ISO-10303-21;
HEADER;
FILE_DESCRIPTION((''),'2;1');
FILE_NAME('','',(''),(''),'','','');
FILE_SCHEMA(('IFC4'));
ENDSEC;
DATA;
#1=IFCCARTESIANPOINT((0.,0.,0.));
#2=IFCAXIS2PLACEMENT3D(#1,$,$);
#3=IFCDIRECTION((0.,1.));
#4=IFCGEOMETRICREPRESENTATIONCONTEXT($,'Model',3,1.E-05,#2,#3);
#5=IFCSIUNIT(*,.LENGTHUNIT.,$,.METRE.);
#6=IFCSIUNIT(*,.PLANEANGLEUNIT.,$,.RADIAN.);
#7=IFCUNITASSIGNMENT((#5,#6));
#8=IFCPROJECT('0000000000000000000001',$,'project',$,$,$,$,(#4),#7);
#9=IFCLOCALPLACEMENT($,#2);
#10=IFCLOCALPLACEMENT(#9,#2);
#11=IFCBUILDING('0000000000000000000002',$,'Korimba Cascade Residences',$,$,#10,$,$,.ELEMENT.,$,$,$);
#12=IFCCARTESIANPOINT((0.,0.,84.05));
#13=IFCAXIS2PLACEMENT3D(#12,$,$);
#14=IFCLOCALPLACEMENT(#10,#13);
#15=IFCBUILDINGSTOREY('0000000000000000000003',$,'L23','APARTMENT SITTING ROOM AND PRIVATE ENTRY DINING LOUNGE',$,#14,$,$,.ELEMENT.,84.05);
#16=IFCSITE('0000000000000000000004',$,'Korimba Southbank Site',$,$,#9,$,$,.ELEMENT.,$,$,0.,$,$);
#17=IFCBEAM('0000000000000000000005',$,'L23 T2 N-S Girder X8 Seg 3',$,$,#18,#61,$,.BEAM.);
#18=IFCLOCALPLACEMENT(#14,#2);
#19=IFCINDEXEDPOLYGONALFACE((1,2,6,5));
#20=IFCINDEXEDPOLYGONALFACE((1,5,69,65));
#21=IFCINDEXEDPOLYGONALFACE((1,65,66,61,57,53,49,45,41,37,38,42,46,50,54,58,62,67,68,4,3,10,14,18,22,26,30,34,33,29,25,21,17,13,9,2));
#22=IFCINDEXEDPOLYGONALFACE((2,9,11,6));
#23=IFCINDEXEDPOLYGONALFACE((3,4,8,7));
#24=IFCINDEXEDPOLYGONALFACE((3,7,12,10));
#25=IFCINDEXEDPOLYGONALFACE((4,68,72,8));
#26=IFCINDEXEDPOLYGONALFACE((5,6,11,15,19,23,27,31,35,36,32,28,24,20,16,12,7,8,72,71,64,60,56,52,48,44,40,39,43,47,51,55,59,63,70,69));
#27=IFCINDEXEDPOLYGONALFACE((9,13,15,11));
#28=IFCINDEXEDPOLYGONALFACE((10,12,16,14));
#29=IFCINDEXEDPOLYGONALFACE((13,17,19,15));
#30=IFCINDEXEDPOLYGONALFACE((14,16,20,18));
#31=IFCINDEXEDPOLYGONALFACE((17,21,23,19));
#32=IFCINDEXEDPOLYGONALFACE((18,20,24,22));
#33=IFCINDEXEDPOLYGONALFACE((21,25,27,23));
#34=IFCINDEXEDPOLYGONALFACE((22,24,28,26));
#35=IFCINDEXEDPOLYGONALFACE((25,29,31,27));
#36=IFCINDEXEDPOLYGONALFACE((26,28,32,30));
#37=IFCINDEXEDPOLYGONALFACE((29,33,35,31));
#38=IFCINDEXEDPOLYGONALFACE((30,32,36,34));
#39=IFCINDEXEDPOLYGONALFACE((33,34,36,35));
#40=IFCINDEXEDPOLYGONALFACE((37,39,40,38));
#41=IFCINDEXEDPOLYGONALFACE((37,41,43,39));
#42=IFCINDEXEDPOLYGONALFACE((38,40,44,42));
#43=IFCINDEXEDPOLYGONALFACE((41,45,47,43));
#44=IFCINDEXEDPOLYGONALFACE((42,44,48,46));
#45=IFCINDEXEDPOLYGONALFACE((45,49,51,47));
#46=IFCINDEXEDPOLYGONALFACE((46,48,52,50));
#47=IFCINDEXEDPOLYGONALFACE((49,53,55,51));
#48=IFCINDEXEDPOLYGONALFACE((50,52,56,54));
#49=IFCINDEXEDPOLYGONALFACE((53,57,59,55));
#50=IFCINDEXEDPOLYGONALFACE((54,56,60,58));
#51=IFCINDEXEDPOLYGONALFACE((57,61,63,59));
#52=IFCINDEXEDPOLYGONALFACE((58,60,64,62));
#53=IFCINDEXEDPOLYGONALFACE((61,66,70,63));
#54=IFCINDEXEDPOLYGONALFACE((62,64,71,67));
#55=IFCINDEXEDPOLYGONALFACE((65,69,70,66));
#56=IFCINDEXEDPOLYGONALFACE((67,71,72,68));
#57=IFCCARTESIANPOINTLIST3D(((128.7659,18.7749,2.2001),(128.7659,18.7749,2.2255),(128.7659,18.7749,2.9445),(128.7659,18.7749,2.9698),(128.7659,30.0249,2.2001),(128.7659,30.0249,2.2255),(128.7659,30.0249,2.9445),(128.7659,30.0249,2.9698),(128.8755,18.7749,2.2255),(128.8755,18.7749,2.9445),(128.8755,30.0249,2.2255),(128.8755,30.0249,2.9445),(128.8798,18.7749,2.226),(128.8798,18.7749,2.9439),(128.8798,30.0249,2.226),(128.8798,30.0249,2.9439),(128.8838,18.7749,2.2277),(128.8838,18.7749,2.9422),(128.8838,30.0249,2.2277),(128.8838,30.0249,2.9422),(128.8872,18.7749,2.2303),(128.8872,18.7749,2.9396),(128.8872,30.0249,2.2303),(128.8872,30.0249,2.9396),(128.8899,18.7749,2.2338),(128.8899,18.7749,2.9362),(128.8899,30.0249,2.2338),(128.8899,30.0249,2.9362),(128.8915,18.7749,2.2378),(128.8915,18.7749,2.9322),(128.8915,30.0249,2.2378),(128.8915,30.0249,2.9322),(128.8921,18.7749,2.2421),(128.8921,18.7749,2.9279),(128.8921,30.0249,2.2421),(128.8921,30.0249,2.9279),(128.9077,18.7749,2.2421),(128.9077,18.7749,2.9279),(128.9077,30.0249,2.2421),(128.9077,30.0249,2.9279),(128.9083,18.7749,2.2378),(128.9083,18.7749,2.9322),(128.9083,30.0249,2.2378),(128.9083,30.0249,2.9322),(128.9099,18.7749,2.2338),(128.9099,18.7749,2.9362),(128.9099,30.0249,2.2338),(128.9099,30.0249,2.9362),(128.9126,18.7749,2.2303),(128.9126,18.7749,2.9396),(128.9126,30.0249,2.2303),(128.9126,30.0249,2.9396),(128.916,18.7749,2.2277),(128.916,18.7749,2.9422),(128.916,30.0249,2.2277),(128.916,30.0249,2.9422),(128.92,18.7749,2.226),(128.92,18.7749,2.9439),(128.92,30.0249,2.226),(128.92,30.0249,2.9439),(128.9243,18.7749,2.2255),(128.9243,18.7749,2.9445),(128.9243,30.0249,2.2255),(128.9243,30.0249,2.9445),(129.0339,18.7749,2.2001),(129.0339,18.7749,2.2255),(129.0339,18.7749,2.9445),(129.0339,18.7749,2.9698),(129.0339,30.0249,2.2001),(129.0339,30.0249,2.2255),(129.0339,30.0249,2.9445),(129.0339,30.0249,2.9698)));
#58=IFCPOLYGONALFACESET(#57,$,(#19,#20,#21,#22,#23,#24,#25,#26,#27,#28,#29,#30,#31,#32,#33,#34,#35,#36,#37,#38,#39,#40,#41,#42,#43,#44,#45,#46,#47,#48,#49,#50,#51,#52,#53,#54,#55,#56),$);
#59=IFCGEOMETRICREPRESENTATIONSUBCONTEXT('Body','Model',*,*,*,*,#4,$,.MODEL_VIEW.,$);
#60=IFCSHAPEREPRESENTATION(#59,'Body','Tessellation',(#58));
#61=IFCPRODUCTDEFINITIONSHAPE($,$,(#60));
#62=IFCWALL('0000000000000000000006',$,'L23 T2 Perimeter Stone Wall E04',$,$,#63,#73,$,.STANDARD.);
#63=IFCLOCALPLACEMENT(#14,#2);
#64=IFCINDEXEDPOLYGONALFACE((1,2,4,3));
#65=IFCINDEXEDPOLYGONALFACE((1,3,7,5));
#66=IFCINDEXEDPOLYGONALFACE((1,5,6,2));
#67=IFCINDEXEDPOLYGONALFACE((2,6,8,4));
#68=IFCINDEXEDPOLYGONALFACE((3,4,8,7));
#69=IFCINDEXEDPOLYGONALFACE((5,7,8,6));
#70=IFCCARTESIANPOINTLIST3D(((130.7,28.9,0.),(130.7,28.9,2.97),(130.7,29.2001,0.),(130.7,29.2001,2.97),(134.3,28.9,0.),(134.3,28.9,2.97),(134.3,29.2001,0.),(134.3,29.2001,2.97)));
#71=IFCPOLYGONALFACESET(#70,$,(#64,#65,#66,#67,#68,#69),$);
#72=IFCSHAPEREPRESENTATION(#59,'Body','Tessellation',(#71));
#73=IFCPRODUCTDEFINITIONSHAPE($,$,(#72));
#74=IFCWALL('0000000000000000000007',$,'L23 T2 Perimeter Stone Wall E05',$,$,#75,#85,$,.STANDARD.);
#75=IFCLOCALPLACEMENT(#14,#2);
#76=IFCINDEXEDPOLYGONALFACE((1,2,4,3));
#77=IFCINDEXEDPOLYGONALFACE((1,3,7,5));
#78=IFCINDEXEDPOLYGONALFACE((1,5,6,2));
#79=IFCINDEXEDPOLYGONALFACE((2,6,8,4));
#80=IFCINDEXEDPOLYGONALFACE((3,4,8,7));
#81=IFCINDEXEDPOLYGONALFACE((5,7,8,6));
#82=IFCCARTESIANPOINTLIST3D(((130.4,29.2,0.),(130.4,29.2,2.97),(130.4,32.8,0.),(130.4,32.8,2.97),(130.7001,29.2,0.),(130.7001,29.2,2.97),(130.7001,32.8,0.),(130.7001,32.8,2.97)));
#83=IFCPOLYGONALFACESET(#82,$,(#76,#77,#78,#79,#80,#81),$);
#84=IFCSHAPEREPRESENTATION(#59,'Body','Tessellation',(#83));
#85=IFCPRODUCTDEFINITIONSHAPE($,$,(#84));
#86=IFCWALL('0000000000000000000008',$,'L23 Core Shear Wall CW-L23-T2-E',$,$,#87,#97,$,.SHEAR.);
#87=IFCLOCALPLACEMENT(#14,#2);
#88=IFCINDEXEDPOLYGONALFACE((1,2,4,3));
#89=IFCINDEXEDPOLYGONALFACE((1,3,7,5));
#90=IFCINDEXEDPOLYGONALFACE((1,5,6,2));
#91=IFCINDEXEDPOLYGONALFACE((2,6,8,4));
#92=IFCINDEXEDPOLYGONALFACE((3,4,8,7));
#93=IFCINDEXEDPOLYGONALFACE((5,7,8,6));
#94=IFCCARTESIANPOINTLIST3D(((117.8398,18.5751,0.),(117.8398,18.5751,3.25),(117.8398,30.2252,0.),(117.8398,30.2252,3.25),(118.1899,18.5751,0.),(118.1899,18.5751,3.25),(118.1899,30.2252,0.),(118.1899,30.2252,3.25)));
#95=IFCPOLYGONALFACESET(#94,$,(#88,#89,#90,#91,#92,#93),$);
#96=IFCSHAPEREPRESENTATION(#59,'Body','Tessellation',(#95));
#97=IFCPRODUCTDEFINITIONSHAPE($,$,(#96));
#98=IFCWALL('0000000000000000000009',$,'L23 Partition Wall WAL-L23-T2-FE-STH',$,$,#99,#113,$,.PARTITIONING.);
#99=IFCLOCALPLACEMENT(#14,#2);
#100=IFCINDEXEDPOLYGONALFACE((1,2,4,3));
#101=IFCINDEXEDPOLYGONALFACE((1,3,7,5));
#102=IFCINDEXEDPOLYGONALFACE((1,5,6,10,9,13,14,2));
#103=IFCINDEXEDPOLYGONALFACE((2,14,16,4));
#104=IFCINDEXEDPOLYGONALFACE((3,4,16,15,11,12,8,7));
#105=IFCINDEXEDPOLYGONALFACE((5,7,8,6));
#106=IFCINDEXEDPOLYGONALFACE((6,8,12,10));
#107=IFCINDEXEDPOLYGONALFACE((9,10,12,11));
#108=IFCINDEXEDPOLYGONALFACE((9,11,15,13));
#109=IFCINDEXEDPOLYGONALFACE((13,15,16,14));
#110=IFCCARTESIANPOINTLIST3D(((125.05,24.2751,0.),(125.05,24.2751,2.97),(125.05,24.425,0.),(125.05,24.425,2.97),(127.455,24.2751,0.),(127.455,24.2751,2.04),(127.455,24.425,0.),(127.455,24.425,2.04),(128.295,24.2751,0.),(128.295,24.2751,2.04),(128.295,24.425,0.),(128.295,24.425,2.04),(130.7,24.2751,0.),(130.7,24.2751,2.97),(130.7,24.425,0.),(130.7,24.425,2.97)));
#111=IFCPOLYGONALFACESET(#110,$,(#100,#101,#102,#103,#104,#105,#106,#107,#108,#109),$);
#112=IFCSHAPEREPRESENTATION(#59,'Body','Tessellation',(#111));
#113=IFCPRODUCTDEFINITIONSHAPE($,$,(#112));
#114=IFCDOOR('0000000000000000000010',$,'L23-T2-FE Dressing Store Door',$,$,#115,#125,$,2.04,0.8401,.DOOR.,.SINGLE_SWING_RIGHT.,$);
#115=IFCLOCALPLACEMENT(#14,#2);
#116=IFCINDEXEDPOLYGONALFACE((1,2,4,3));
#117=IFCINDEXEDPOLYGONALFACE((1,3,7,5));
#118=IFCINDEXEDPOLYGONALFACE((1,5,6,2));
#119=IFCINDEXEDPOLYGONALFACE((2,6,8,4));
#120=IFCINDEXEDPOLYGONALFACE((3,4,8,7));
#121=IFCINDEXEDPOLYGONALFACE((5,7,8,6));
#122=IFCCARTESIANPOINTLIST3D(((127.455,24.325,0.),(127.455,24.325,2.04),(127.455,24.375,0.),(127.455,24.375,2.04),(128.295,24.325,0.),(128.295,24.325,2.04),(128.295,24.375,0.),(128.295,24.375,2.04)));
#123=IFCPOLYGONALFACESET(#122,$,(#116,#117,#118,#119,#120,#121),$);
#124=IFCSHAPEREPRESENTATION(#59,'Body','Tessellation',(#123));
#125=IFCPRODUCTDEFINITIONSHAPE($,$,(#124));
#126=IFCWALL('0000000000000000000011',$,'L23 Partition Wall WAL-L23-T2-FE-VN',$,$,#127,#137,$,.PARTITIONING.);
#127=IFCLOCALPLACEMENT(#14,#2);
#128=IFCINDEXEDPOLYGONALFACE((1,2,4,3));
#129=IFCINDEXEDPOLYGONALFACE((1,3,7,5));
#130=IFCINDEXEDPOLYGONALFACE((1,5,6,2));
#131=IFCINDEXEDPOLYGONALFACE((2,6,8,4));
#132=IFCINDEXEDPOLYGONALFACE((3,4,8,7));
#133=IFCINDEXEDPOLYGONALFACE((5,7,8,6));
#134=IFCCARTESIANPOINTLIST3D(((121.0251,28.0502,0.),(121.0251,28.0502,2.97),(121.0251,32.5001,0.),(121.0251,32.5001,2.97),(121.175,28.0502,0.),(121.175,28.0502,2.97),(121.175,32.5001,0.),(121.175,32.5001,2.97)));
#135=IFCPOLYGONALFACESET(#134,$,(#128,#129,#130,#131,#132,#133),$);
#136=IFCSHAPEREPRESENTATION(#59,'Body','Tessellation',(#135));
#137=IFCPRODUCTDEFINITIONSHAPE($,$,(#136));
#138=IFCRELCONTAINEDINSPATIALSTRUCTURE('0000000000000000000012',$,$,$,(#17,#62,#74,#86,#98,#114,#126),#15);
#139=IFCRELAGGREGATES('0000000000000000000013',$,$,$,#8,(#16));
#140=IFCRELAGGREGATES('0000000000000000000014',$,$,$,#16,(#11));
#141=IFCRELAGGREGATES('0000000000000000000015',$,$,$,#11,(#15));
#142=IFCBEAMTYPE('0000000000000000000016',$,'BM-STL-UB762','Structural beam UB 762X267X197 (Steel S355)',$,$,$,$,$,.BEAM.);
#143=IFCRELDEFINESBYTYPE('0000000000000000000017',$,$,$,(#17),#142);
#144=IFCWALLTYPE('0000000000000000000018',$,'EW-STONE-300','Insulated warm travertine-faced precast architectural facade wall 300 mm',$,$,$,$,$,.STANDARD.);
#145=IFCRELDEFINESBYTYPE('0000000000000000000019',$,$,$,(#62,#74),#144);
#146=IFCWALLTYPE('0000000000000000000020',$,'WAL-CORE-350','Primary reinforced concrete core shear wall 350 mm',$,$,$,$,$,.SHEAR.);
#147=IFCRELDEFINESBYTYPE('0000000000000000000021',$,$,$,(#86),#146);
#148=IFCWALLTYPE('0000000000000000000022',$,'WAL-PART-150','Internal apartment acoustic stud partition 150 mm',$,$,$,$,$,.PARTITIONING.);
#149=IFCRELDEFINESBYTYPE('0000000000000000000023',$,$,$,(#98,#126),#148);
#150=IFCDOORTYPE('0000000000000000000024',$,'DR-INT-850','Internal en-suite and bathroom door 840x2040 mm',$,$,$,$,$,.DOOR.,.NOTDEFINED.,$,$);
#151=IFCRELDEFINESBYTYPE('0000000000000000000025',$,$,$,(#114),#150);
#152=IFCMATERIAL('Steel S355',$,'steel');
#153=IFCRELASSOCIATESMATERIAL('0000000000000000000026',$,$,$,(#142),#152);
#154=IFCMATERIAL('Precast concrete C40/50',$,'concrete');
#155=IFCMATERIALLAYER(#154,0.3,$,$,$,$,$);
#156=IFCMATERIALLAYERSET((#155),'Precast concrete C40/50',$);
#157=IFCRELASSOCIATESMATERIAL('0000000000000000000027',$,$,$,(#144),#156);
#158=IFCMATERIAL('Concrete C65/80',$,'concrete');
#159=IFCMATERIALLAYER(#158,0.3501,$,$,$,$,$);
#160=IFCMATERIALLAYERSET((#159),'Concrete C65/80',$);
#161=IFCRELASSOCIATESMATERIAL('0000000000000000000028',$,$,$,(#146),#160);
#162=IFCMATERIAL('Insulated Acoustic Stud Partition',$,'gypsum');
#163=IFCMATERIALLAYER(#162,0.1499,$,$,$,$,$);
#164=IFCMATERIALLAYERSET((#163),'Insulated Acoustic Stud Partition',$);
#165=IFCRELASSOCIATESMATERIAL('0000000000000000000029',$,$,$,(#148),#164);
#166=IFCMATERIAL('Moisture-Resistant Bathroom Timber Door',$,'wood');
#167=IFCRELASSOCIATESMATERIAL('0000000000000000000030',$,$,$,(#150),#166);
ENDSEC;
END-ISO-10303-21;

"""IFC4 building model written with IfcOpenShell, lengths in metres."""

from ifc_helpers import new_model, si_unit, direction, frame, frame_2d, origin, origin_2d, place, context, subcontext, project, spatial, rectangle, i_section, extrude, material, layer, layer_set, material_profile, profile_set, type_object, element, fill, save


model = new_model("IFC4")

# Units and contexts
model_context = context("Model", 3, precision=1e-05, world=origin(), true_north=direction((0.0, 1.0)))
body_context = subcontext(model_context, "Body", "Model", "MODEL_VIEW")
ifc_project = project(units=[si_unit("LENGTHUNIT", "METRE"), si_unit("PLANEANGLEUNIT", "RADIAN")], contexts=[model_context])

# Site, building, storey
site_placement = place(None, origin())
site = spatial("IfcSite", under=ifc_project, at=site_placement, Name="Korimba Southbank Site", CompositionType="ELEMENT", RefElevation=0.0)
building_placement = place(site_placement, origin())
building = spatial("IfcBuilding", under=site, at=building_placement, Name="Korimba Cascade Residences", CompositionType="ELEMENT")
storey_placement = place(building_placement, frame((0.0, 0.0, 84.05)))
storey = spatial("IfcBuildingStorey", under=building, at=storey_placement, Name="L23", Description="APARTMENT SITTING ROOM AND PRIVATE ENTRY DINING LOUNGE", CompositionType="ELEMENT", Elevation=84.05)

# Shared definitions
ifc_material_1 = material(Name="Concrete C65/80", Category="concrete")

# Beam
ifc_material_2 = material(Name="Steel S355", Category="steel")
ifc_material_profile_1 = material_profile(ifc_material_2, i_section(OverallWidth=0.2681, OverallDepth=0.7698, WebThickness=0.0156, FlangeThickness=0.0254, FilletRadius=0.0166, at=origin_2d()), Name="Steel S355")
ifc_profile_set_1 = profile_set([ifc_material_profile_1], Name="Steel S355")
beam_type_1 = type_object("IfcBeamType", Name="BM-STL-UB762", Description="Structural beam UB 762X267X197 (Steel S355)", PredefinedType="BEAM", material=ifc_profile_set_1)
for number, where, z_axis, x_axis, name in (
    (1, (128.8999, 18.7749, 2.585), (0.0, 1.0, 0.0), (-1.0, 0.0, 0.0), "L23 T2 N-S Girder X8 Seg 3"),
):
    element("IfcBeam", number, at=place(storey_placement, frame(where, z_axis=z_axis, x_axis=x_axis)), inside=storey, type_object=beam_type_1, Name=name, PredefinedType="BEAM", context=body_context, shape_type="SweptSolid", body=[
        extrude(i_section(OverallWidth=0.2681, OverallDepth=0.7698, WebThickness=0.0156, FlangeThickness=0.0254, FilletRadius=0.0166, at=origin_2d()), origin(), (0.0, 0.0, 1.0), 11.25),
    ])

# Walls
ifc_material_3 = material(Name="Precast concrete C40/50", Category="concrete")
ifc_layer_1 = layer(ifc_material_3, 0.3)
ifc_layer_set_1 = layer_set([ifc_layer_1], Name="Precast concrete C40/50")
wall_type_1 = type_object("IfcWallType", Name="EW-STONE-300", Description="Insulated warm travertine-faced precast architectural facade wall 300 mm", PredefinedType="STANDARD", material=ifc_layer_set_1)
for number, where, z_axis, x_axis, name in (
    (2, (134.3, 29.05, 0.0), (0.0, 0.0, 1.0), (-1.0, 0.0, 0.0), "L23 T2 Perimeter Stone Wall E04"),
    (3, (130.55, 29.2, 0.0), (0.0, 0.0, 1.0), (0.0, 1.0, 0.0), "L23 T2 Perimeter Stone Wall E05"),
):
    element("IfcWall", number, at=place(storey_placement, frame(where, z_axis=z_axis, x_axis=x_axis)), inside=storey, type_object=wall_type_1, Name=name, PredefinedType="STANDARD", context=body_context, shape_type="SweptSolid", body=[
        extrude(rectangle(XDim=3.6001, YDim=0.3, at=frame_2d((1.8, 0.0))), origin(), (0.0, 0.0, 1.0), 2.97),
    ])
ifc_layer_2 = layer(ifc_material_1, 0.3501)
ifc_layer_set_2 = layer_set([ifc_layer_2], Name="Concrete C65/80")
wall_type_2 = type_object("IfcWallType", Name="WAL-CORE-350", Description="Primary reinforced concrete core shear wall 350 mm", PredefinedType="SHEAR", material=ifc_layer_set_2)
wall_1_placement = place(storey_placement, frame((118.0149, 18.575, 0.0), z_axis=(0.0, 0.0, 1.0), x_axis=(0.0, 1.0, 0.0)))
element("IfcWall", 4, at=wall_1_placement, inside=storey, type_object=wall_type_2, Name="L23 Core Shear Wall CW-L23-T2-E", PredefinedType="SHEAR", context=body_context, shape_type="SweptSolid", body=[
    extrude(rectangle(XDim=11.6501, YDim=0.3501, at=frame_2d((5.8252, 0.0))), origin(), (0.0, 0.0, 1.0), 3.25),
])

# Wall, opening, door
ifc_material_4 = material(Name="Insulated Acoustic Stud Partition", Category="gypsum")
ifc_layer_3 = layer(ifc_material_4, 0.1499)
ifc_layer_set_3 = layer_set([ifc_layer_3], Name="Insulated Acoustic Stud Partition")
wall_type_3 = type_object("IfcWallType", Name="WAL-PART-150", Description="Internal apartment acoustic stud partition 150 mm", PredefinedType="PARTITIONING", material=ifc_layer_set_3)
wall_2_placement = place(storey_placement, frame((125.05, 24.3501, 0.0), z_axis=(0.0, 0.0, 1.0), x_axis=(1.0, 0.0, 0.0)))
wall_2 = element("IfcWall", 5, at=wall_2_placement, inside=storey, type_object=wall_type_3, Name="L23 Partition Wall WAL-L23-T2-FE-STH", PredefinedType="PARTITIONING", context=body_context, shape_type="SweptSolid", body=[
    extrude(rectangle(XDim=5.6499, YDim=0.1499, at=frame_2d((2.825, 0.0))), origin(), (0.0, 0.0, 1.0), 2.97),
])
opening_1_placement = place(wall_2_placement, frame((2.405, 0.0, 0.0)))
opening_1 = element("IfcOpeningElement", 6, at=opening_1_placement, cuts=wall_2, PredefinedType="OPENING", context=body_context, shape_type="SweptSolid", body=[
    extrude(rectangle(XDim=0.8401, YDim=2.04, at=frame_2d((0.4199, 1.02))), frame((0.0, 0.085, 0.0), z_axis=(0.0, -1.0, 0.0), x_axis=(1.0, 0.0, 0.0)), (0.0, 0.0, 1.0), 0.1699),
])
ifc_material_5 = material(Name="Moisture-Resistant Bathroom Timber Door", Category="wood")
door_type_1 = type_object("IfcDoorType", Name="DR-INT-850", Description="Internal en-suite and bathroom door 840x2040 mm", OperationType="NOTDEFINED", PredefinedType="DOOR", material=ifc_material_5)
door_1_placement = place(opening_1_placement, origin())
door_1 = element("IfcDoor", 7, at=door_1_placement, inside=storey, type_object=door_type_1, Name="L23-T2-FE Dressing Store Door", OperationType="SINGLE_SWING_RIGHT", OverallHeight=2.04, OverallWidth=0.8401, PredefinedType="DOOR", context=body_context, shape_type="SweptSolid", body=[
    extrude(rectangle(XDim=0.8401, YDim=2.04, at=frame_2d((0.4199, 1.02))), frame((0.0, 0.0249, 0.0), z_axis=(0.0, -1.0, 0.0), x_axis=(1.0, 0.0, 0.0)), (0.0, 0.0, 1.0), 0.05),
])
fill(opening_1, door_1)

# Wall
wall_3_placement = place(storey_placement, frame((121.1001, 28.05, 0.0), z_axis=(0.0, 0.0, 1.0), x_axis=(0.0, 1.0, 0.0)))
element("IfcWall", 8, at=wall_3_placement, inside=storey, type_object=wall_type_3, Name="L23 Partition Wall WAL-L23-T2-FE-VN", PredefinedType="PARTITIONING", context=body_context, shape_type="SweptSolid", body=[
    extrude(rectangle(XDim=4.45, YDim=0.1499, at=frame_2d((2.2251, 0.0))), origin(), (0.0, 0.0, 1.0), 2.97),
])

save(model, "model.ifc")
